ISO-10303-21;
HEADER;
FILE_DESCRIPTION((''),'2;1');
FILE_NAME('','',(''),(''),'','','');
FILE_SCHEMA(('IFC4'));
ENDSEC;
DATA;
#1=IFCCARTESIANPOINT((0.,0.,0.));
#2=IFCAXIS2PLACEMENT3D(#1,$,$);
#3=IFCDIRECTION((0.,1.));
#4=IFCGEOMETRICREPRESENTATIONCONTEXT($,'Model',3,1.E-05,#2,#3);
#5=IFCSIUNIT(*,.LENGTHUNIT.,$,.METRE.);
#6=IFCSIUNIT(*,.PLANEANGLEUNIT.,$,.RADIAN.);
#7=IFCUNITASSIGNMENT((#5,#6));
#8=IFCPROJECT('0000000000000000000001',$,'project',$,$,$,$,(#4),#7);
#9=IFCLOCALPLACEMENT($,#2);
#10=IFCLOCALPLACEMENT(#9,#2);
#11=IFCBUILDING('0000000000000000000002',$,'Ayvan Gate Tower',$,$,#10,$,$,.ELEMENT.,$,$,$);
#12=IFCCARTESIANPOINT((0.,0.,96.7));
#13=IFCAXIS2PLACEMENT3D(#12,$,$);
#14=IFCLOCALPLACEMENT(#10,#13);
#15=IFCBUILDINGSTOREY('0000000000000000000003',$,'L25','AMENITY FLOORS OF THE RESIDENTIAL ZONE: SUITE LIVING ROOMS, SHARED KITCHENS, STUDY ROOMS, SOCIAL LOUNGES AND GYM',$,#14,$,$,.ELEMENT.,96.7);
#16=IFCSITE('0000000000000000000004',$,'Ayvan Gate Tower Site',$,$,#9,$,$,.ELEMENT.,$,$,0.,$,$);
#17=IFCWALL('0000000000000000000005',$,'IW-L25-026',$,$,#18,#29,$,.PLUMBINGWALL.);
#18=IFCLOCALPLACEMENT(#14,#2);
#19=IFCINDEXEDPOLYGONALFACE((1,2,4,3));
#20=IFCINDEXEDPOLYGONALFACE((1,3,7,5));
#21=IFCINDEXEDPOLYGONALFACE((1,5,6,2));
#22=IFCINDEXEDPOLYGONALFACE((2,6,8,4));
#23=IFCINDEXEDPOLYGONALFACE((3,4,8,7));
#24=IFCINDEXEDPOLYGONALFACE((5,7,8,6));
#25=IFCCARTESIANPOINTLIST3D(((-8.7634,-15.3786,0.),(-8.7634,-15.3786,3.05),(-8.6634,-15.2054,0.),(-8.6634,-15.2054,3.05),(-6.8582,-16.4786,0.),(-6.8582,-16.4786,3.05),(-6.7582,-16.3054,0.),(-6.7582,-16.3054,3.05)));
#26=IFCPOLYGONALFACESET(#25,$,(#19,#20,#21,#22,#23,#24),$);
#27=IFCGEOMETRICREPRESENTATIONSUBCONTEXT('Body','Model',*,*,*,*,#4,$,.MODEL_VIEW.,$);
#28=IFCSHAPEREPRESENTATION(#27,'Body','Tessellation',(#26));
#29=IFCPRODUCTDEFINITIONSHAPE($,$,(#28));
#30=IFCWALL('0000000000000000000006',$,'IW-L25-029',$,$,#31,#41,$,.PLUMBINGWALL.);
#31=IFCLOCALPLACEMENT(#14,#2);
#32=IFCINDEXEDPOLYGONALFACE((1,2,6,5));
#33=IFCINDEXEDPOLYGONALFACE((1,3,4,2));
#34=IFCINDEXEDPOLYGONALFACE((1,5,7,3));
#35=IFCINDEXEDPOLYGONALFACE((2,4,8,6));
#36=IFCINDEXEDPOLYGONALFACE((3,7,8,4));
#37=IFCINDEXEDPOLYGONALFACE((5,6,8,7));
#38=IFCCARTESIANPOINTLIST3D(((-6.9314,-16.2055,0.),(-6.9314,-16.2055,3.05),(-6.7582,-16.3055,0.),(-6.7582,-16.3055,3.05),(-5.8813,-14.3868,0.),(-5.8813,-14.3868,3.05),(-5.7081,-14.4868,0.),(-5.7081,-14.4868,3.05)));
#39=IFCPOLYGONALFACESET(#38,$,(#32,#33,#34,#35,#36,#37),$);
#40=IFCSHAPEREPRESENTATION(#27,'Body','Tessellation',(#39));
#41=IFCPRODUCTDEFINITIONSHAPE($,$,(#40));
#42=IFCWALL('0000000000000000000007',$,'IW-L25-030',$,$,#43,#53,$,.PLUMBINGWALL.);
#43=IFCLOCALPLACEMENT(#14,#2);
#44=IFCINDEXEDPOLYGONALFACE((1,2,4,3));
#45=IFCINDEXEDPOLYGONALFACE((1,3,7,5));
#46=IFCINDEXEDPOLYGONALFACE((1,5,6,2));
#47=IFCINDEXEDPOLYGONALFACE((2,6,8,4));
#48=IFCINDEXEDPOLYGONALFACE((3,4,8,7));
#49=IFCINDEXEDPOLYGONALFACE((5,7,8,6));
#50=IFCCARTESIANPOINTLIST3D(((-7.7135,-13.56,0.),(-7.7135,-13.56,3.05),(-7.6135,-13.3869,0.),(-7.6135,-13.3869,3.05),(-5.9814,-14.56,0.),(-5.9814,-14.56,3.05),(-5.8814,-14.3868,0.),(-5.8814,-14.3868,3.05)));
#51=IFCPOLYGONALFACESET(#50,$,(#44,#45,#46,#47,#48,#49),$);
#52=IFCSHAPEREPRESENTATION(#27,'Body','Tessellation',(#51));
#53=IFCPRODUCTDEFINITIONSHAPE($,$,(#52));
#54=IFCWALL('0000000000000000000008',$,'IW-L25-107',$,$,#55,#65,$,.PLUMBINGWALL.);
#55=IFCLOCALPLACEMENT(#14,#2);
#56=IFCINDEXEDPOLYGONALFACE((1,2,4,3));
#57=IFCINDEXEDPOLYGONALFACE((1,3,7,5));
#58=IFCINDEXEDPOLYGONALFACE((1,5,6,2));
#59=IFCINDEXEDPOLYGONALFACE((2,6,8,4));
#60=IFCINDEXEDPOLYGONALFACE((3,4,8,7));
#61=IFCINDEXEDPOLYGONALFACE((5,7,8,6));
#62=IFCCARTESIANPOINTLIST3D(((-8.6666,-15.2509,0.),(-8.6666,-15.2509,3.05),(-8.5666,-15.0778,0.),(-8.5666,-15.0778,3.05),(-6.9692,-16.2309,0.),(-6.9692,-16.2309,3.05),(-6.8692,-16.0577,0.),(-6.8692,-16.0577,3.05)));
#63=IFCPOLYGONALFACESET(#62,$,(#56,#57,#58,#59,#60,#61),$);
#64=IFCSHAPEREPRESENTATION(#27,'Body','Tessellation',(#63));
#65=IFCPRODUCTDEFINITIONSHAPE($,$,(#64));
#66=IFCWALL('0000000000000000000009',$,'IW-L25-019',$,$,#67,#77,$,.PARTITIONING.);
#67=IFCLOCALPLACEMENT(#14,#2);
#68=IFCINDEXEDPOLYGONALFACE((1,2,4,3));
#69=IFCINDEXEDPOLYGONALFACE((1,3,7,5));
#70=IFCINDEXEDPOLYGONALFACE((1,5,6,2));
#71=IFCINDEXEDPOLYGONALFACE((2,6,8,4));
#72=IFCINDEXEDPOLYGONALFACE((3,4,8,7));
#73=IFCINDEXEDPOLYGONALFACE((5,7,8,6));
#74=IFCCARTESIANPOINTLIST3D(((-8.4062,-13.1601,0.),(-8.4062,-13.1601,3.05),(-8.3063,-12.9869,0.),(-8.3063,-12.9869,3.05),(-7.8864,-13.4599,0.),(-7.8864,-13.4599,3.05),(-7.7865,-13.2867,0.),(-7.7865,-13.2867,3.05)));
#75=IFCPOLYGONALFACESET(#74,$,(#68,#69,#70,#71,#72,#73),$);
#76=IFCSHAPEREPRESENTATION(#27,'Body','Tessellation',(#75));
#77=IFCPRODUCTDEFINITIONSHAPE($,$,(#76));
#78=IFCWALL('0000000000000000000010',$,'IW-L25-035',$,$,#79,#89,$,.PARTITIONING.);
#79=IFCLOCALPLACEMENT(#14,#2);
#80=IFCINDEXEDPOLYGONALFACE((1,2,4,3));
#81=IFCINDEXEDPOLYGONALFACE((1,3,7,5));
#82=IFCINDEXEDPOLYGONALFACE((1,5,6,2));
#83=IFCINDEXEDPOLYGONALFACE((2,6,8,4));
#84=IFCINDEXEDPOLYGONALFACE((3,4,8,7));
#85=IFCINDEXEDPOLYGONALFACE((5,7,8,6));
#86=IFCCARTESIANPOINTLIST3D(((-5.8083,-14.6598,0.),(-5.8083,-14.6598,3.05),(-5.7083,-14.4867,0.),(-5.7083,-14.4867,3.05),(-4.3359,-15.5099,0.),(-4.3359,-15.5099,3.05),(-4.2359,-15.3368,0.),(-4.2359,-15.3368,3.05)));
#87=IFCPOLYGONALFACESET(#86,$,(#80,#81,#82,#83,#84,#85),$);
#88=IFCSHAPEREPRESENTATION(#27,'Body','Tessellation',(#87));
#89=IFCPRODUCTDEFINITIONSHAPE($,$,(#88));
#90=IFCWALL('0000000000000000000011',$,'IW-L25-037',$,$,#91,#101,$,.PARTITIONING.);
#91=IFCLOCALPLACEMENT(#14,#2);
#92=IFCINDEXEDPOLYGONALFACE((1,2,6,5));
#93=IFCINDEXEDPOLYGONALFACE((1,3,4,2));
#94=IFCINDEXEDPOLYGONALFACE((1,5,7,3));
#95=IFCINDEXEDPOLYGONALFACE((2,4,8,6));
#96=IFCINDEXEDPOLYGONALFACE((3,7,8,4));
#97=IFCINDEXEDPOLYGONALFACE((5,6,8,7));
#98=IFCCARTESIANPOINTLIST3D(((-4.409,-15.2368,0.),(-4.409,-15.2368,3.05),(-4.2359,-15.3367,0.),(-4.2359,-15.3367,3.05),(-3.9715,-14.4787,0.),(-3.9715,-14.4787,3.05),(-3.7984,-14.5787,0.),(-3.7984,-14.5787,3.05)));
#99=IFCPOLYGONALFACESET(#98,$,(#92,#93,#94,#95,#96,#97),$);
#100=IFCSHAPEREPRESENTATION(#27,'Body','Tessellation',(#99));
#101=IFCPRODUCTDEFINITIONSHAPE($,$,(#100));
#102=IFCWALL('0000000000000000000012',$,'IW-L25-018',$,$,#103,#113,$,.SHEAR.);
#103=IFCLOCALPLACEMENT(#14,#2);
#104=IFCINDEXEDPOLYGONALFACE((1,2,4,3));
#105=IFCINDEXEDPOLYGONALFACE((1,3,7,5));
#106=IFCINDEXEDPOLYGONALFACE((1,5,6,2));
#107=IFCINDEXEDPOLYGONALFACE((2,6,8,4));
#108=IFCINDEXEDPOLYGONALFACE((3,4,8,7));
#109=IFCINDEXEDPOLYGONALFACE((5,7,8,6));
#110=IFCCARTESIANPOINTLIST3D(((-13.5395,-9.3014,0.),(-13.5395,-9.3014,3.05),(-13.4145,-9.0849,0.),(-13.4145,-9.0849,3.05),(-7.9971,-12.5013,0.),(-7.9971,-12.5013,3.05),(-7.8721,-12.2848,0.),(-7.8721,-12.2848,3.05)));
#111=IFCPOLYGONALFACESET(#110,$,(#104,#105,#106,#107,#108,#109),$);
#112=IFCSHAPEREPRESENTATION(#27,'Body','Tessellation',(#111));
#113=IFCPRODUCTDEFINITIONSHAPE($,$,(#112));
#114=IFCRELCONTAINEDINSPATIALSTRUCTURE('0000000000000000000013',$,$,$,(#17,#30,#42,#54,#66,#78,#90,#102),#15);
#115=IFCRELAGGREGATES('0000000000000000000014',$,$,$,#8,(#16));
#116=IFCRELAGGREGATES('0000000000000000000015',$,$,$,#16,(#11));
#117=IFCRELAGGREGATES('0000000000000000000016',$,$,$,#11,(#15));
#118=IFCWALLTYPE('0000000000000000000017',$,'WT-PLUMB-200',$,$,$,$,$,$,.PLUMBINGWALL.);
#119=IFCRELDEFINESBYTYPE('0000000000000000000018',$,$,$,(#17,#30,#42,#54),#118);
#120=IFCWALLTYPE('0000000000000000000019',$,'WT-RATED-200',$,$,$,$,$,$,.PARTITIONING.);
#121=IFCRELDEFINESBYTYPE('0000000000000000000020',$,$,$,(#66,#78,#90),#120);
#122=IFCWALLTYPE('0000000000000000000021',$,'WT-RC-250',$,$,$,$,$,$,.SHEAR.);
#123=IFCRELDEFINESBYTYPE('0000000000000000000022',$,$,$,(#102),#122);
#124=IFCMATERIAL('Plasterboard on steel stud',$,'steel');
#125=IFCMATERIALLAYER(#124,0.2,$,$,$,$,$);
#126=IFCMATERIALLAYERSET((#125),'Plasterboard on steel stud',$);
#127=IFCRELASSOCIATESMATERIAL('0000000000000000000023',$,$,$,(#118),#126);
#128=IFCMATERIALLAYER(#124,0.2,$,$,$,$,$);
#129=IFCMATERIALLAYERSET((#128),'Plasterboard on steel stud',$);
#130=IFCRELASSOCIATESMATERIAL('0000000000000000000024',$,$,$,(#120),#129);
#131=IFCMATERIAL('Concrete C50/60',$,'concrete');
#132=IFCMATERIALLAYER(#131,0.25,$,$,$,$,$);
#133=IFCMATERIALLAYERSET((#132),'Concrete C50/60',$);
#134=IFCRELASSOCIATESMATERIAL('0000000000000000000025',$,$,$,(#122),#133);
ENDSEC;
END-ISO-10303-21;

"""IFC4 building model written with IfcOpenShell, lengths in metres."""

from ifc_helpers import new_model, si_unit, direction, frame, frame_2d, origin, place, context, subcontext, project, spatial, rectangle, extrude, material, layer, layer_set, type_object, element, save


model = new_model("IFC4")

# Units and contexts
model_context = context("Model", 3, precision=1e-05, world=origin(), true_north=direction((0.0, 1.0)))
body_context = subcontext(model_context, "Body", "Model", "MODEL_VIEW")
ifc_project = project(units=[si_unit("LENGTHUNIT", "METRE"), si_unit("PLANEANGLEUNIT", "RADIAN")], contexts=[model_context])

# Site, building, storey
site_placement = place(None, origin())
site = spatial("IfcSite", under=ifc_project, at=site_placement, Name="Ayvan Gate Tower Site", CompositionType="ELEMENT", RefElevation=0.0)
building_placement = place(site_placement, origin())
building = spatial("IfcBuilding", under=site, at=building_placement, Name="Ayvan Gate Tower", CompositionType="ELEMENT")
storey_placement = place(building_placement, frame((0.0, 0.0, 96.7)))
storey = spatial("IfcBuildingStorey", under=building, at=storey_placement, Name="L25", Description="AMENITY FLOORS OF THE RESIDENTIAL ZONE: SUITE LIVING ROOMS, SHARED KITCHENS, STUDY ROOMS, SOCIAL LOUNGES AND GYM", CompositionType="ELEMENT", Elevation=96.7)

# Walls
ifc_material_1 = material(Name="Plasterboard on steel stud", Category="steel")
ifc_layer_1 = layer(ifc_material_1, 0.2)
ifc_layer_set_1 = layer_set([ifc_layer_1], Name="Plasterboard on steel stud")
wall_type_1 = type_object("IfcWallType", Name="WT-PLUMB-200", PredefinedType="PLUMBINGWALL", material=ifc_layer_set_1)
wall_1_placement = place(storey_placement, frame((-6.8081, -16.3921, 0.0), z_axis=(0.0, 0.0, 1.0), x_axis=(-0.866008, 0.50003, 0.0)))
element("IfcWall", 1, at=wall_1_placement, inside=storey, type_object=wall_type_1, Name="IW-L25-026", PredefinedType="PLUMBINGWALL", context=body_context, shape_type="SweptSolid", body=[
    extrude(rectangle(XDim=2.2, YDim=0.2, at=frame_2d((1.1001, 0.0))), origin(), (0.0, 0.0, 1.0), 3.05),
])
wall_2_placement = place(storey_placement, frame((-5.7947, -14.4368, 0.0), z_axis=(0.0, 0.0, 1.0), x_axis=(-0.500028, -0.866009, 0.0)))
element("IfcWall", 2, at=wall_2_placement, inside=storey, type_object=wall_type_1, Name="IW-L25-029", PredefinedType="PLUMBINGWALL", context=body_context, shape_type="SweptSolid", body=[
    extrude(rectangle(XDim=2.1001, YDim=0.2, at=frame_2d((1.05, 0.0))), origin(), (0.0, 0.0, 1.0), 3.05),
])
wall_3_placement = place(storey_placement, frame((-5.9314, -14.4734, 0.0), z_axis=(0.0, 0.0, 1.0), x_axis=(-0.866041, 0.499973, 0.0)))
element("IfcWall", 3, at=wall_3_placement, inside=storey, type_object=wall_type_1, Name="IW-L25-030", PredefinedType="PLUMBINGWALL", context=body_context, shape_type="SweptSolid", body=[
    extrude(rectangle(XDim=2.0, YDim=0.2, at=frame_2d((1.0, 0.0))), origin(), (0.0, 0.0, 1.0), 3.05),
])
wall_4_placement = place(storey_placement, frame((-6.9192, -16.1443, 0.0), z_axis=(0.0, 0.0, 1.0), x_axis=(-0.866042, 0.49997, 0.0)))
element("IfcWall", 4, at=wall_4_placement, inside=storey, type_object=wall_type_1, Name="IW-L25-107", PredefinedType="PLUMBINGWALL", context=body_context, shape_type="SweptSolid", body=[
    extrude(rectangle(XDim=1.96, YDim=0.2, at=frame_2d((0.98, 0.0))), origin(), (0.0, 0.0, 1.0), 3.05),
])
ifc_layer_2 = layer(ifc_material_1, 0.2)
ifc_layer_set_2 = layer_set([ifc_layer_2], Name="Plasterboard on steel stud")
wall_type_2 = type_object("IfcWallType", Name="WT-RATED-200", PredefinedType="PARTITIONING", material=ifc_layer_set_2)
wall_5_placement = place(storey_placement, frame((-7.8364, -13.3733, 0.0), z_axis=(0.0, 0.0, 1.0), x_axis=(-0.866233, 0.49964, 0.0)))
element("IfcWall", 5, at=wall_5_placement, inside=storey, type_object=wall_type_2, Name="IW-L25-019", PredefinedType="PARTITIONING", context=body_context, shape_type="SweptSolid", body=[
    extrude(rectangle(XDim=0.6001, YDim=0.2, at=frame_2d((0.3, 0.0))), origin(), (0.0, 0.0, 1.0), 3.05),
])
wall_6_placement = place(storey_placement, frame((-4.2859, -15.4233, 0.0), z_axis=(0.0, 0.0, 1.0), x_axis=(-0.866025, 0.5, 0.0)))
element("IfcWall", 6, at=wall_6_placement, inside=storey, type_object=wall_type_2, Name="IW-L25-035", PredefinedType="PARTITIONING", context=body_context, shape_type="SweptSolid", body=[
    extrude(rectangle(XDim=1.7002, YDim=0.2, at=frame_2d((0.8501, 0.0))), origin(), (0.0, 0.0, 1.0), 3.05),
])
wall_7_placement = place(storey_placement, frame((-3.885, -14.5288, 0.0), z_axis=(0.0, 0.0, 1.0), x_axis=(-0.499859, -0.866107, 0.0)))
element("IfcWall", 7, at=wall_7_placement, inside=storey, type_object=wall_type_2, Name="IW-L25-037", PredefinedType="PARTITIONING", context=body_context, shape_type="SweptSolid", body=[
    extrude(rectangle(XDim=0.8752, YDim=0.2, at=frame_2d((0.4375, 0.0))), origin(), (0.0, 0.0, 1.0), 3.05),
])
ifc_material_2 = material(Name="Concrete C50/60", Category="concrete")
ifc_layer_3 = layer(ifc_material_2, 0.25)
ifc_layer_set_3 = layer_set([ifc_layer_3], Name="Concrete C50/60")
wall_type_3 = type_object("IfcWallType", Name="WT-RC-250", PredefinedType="SHEAR", material=ifc_layer_set_3)
wall_8_placement = place(storey_placement, frame((-7.9346, -12.3931, 0.0), z_axis=(0.0, 0.0, 1.0), x_axis=(-0.866025, 0.5, 0.0)))
element("IfcWall", 8, at=wall_8_placement, inside=storey, type_object=wall_type_3, Name="IW-L25-018", PredefinedType="SHEAR", context=body_context, shape_type="SweptSolid", body=[
    extrude(rectangle(XDim=6.3999, YDim=0.25, at=frame_2d((3.2, 0.0))), origin(), (0.0, 0.0, 1.0), 3.05),
])

save(model, "model.ifc")
